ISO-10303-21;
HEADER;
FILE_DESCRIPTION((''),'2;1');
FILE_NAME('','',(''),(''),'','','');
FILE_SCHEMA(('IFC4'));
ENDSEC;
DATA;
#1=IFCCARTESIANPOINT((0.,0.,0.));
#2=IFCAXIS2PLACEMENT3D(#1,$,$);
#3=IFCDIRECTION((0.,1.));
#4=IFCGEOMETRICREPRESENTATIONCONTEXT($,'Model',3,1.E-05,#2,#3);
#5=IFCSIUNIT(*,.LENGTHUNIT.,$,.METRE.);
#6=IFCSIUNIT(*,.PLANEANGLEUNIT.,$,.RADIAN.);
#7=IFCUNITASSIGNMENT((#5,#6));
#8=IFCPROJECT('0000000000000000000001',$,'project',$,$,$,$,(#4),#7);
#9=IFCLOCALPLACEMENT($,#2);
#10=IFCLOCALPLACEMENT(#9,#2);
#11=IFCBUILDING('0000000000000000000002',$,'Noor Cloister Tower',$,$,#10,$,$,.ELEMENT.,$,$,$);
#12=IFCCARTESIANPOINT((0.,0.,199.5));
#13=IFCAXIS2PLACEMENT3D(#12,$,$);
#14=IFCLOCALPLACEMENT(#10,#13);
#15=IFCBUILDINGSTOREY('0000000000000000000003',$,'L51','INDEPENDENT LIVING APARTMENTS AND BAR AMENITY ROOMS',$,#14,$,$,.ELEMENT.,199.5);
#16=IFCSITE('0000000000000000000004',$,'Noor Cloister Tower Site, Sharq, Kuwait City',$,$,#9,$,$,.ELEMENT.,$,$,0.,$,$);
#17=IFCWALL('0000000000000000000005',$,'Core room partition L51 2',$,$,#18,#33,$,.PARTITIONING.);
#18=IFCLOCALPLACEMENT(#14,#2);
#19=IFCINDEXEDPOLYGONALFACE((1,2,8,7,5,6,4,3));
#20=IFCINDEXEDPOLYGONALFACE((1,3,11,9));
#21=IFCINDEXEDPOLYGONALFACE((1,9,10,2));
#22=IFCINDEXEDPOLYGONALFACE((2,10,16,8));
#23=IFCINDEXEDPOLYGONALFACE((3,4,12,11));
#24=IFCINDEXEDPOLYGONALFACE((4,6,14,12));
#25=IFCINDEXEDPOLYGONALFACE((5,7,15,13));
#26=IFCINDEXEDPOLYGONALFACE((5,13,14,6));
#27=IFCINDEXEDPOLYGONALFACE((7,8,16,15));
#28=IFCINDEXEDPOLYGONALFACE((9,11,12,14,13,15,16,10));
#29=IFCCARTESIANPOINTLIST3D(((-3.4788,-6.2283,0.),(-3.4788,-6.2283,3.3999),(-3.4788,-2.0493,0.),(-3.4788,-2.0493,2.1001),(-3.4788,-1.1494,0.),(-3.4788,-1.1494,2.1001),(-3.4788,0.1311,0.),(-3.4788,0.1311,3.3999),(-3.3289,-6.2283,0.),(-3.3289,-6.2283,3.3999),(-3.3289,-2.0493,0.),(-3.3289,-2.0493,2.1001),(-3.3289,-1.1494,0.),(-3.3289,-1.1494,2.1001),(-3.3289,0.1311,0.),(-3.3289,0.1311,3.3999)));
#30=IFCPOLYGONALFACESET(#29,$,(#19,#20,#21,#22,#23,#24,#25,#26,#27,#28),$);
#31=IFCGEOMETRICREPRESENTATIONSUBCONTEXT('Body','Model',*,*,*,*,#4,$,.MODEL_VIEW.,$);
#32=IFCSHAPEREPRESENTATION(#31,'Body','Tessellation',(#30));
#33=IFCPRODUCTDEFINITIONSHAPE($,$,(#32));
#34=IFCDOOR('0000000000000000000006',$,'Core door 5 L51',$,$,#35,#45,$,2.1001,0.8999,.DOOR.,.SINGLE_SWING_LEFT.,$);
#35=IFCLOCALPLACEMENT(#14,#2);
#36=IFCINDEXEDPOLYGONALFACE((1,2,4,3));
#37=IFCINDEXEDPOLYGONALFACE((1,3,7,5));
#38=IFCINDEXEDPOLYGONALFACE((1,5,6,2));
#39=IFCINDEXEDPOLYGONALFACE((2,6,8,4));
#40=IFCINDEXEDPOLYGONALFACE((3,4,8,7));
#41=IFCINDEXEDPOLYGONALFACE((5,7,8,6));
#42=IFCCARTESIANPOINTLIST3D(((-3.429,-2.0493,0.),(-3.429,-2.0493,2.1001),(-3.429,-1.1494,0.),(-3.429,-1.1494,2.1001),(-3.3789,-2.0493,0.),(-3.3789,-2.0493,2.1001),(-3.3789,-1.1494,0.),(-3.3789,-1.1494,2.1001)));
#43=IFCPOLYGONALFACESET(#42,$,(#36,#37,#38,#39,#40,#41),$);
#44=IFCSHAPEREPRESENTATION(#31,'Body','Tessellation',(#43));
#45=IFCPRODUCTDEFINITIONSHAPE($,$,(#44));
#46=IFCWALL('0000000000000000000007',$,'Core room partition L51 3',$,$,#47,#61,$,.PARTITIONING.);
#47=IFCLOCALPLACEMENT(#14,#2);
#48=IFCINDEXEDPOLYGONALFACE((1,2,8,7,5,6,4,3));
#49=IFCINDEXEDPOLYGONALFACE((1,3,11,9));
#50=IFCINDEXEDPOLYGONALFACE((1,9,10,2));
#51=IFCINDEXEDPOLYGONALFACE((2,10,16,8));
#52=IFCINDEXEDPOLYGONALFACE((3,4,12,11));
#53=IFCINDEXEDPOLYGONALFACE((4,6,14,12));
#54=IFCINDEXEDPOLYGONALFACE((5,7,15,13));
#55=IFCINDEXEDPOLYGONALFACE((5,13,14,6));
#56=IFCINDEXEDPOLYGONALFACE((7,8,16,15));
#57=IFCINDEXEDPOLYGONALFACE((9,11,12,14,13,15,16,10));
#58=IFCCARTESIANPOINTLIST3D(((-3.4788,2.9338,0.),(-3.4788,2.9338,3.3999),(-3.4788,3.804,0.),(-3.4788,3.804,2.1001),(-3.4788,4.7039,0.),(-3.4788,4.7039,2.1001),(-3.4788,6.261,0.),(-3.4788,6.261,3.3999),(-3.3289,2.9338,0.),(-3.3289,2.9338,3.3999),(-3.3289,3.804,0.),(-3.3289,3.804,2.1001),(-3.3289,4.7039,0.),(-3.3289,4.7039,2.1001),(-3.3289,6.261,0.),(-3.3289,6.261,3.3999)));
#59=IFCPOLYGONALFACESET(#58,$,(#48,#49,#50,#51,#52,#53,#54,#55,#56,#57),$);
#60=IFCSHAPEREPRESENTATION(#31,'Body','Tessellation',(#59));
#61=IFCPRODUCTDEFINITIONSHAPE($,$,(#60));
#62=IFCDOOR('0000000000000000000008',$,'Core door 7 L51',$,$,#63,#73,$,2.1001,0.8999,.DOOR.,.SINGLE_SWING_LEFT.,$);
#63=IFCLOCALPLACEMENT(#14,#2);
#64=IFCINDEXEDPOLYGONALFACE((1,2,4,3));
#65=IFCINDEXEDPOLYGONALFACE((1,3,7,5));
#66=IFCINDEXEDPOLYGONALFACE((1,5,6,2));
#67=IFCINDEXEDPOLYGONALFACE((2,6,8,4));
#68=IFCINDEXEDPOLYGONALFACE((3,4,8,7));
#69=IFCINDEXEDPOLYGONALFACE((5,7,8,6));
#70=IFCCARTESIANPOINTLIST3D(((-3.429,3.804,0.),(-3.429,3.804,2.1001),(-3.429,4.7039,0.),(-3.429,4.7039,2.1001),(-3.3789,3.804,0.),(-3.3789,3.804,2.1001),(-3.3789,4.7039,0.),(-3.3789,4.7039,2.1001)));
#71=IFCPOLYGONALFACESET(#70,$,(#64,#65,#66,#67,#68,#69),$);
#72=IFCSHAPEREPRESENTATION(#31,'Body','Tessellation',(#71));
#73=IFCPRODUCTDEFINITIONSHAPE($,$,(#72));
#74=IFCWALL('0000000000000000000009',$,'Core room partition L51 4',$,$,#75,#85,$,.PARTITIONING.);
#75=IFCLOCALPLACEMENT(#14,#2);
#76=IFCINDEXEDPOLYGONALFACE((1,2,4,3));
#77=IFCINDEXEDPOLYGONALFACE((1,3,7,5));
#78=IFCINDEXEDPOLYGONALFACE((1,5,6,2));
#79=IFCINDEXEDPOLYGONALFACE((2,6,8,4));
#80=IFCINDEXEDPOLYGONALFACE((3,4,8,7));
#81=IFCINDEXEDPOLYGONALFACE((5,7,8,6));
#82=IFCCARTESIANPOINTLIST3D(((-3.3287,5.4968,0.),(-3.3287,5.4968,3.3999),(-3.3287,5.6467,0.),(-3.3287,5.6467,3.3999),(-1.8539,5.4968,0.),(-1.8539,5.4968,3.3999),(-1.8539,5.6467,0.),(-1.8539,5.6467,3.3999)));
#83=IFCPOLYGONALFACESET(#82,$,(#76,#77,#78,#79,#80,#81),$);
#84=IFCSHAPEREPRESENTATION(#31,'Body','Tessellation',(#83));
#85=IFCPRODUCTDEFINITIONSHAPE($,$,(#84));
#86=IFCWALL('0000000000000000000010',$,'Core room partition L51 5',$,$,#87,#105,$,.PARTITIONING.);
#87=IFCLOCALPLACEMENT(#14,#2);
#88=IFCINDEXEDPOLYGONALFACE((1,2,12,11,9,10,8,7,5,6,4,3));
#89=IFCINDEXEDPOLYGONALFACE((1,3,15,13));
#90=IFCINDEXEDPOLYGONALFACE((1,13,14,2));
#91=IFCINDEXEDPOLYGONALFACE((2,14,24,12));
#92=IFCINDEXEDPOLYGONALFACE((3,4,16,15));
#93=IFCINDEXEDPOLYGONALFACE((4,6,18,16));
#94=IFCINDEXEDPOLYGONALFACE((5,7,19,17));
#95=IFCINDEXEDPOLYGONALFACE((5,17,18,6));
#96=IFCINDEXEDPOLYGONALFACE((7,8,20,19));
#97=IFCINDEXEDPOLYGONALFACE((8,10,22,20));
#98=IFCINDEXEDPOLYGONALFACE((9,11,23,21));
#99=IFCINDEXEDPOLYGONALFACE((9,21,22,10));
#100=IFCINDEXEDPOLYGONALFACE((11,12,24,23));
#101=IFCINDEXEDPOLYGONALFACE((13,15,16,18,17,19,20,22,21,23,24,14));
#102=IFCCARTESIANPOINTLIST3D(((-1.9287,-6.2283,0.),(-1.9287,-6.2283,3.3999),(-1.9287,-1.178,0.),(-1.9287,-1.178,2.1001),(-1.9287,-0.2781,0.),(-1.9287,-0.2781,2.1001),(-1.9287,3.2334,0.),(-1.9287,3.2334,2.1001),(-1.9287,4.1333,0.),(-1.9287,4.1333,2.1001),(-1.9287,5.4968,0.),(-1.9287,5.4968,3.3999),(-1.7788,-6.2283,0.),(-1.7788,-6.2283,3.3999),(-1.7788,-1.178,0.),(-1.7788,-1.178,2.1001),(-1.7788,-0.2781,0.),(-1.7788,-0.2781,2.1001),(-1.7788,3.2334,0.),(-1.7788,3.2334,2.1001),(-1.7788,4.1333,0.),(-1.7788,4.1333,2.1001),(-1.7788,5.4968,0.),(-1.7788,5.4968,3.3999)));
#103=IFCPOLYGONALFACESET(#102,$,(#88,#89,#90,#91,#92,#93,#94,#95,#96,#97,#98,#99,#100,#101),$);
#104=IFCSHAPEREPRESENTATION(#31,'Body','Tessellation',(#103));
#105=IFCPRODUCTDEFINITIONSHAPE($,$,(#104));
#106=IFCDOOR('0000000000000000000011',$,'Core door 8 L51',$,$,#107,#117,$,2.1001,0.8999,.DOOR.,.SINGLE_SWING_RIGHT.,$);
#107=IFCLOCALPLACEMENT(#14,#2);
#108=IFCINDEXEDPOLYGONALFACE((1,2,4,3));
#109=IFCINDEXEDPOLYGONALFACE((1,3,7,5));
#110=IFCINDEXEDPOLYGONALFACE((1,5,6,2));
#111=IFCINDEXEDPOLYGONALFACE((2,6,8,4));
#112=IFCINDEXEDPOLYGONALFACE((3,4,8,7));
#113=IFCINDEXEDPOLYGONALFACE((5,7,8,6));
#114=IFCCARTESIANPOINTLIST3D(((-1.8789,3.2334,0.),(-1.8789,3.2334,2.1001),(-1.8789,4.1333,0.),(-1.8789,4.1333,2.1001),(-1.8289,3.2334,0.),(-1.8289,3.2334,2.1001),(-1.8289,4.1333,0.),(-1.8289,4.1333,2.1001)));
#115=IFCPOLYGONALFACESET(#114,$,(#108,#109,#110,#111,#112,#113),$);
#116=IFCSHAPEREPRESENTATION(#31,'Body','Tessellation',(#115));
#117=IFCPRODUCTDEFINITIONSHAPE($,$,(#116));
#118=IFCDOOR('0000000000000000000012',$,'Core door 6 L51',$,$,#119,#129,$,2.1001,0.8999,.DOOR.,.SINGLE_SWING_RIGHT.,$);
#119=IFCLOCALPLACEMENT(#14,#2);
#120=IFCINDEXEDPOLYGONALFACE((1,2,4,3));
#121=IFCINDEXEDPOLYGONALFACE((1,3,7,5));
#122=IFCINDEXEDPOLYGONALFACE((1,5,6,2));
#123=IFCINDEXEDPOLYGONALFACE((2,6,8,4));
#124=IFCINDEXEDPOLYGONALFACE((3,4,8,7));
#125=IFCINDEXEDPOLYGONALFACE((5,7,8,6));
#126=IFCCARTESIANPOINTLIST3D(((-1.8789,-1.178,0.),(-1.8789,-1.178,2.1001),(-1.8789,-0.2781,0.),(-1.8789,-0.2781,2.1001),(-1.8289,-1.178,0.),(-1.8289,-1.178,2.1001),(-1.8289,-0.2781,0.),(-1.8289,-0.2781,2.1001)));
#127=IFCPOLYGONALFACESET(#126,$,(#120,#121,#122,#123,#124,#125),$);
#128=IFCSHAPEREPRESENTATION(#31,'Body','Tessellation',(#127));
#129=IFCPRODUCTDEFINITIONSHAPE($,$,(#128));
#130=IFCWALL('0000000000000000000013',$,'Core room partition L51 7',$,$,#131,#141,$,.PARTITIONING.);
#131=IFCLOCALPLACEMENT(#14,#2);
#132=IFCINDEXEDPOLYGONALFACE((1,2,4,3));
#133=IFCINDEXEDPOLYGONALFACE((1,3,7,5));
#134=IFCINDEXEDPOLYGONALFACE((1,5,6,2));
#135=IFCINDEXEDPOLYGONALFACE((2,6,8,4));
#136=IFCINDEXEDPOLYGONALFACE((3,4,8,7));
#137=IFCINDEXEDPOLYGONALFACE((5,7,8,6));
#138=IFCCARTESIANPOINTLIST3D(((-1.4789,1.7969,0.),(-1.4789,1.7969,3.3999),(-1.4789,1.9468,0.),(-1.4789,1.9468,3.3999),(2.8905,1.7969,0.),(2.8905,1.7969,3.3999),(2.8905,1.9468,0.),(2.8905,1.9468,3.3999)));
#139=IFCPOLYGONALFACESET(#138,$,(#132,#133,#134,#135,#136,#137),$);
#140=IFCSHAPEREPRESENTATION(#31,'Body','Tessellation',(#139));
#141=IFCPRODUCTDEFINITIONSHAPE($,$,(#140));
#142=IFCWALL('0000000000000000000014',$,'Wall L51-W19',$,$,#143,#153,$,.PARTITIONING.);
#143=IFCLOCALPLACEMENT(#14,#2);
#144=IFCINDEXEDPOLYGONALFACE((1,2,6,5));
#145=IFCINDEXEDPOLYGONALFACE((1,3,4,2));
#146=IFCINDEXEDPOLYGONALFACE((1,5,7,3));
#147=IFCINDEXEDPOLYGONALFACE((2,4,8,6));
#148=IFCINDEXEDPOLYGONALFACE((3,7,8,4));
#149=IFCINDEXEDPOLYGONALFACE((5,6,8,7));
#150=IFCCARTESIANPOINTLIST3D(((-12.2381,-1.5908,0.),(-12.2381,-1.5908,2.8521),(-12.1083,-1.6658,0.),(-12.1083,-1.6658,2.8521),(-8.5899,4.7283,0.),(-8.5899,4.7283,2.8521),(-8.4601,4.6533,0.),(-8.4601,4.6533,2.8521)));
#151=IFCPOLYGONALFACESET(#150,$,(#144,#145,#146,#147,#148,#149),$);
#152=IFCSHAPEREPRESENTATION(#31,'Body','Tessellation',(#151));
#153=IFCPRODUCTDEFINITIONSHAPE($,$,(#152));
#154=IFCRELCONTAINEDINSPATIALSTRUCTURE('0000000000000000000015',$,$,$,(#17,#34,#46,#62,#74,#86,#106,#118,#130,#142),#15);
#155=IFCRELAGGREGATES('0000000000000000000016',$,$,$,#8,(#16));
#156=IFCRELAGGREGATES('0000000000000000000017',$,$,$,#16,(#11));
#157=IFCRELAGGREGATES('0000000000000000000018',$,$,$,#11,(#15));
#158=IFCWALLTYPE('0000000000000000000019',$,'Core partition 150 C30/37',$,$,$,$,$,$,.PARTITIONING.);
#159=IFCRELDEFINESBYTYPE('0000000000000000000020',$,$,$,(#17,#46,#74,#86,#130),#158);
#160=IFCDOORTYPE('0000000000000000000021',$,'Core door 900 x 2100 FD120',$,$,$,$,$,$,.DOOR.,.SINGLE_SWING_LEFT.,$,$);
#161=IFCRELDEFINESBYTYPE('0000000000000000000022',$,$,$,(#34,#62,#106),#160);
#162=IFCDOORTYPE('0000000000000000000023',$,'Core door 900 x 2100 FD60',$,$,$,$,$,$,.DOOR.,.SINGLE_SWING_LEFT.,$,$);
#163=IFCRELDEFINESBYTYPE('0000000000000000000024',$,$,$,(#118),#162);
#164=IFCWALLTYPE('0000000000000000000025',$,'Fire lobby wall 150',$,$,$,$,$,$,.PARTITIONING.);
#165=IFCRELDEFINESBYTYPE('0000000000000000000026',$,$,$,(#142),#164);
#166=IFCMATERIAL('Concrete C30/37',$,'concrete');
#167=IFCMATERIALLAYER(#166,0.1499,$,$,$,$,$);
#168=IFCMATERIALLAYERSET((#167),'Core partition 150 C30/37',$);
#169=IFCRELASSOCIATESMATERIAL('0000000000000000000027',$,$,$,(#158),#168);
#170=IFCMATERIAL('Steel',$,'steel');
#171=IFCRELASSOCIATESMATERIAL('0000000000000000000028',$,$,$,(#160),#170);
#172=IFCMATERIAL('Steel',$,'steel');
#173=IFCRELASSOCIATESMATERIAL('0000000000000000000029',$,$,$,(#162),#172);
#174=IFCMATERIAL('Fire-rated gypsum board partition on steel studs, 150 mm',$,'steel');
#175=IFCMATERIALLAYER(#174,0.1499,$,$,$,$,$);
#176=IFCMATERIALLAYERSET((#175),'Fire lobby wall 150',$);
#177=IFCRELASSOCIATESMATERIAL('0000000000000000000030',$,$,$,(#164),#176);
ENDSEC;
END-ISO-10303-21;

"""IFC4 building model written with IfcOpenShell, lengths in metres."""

from ifc_helpers import new_model, si_unit, direction, frame, frame_2d, origin, place, context, subcontext, project, spatial, rectangle, extrude, material, layer, layer_set, type_object, element, fill, save


model = new_model("IFC4")

# Units and contexts
model_context = context("Model", 3, precision=1e-05, world=origin(), true_north=direction((0.0, 1.0)))
body_context = subcontext(model_context, "Body", "Model", "MODEL_VIEW")
ifc_project = project(units=[si_unit("LENGTHUNIT", "METRE"), si_unit("PLANEANGLEUNIT", "RADIAN")], contexts=[model_context])

# Site, building, storey
site_placement = place(None, origin())
site = spatial("IfcSite", under=ifc_project, at=site_placement, Name="Noor Cloister Tower Site, Sharq, Kuwait City", CompositionType="ELEMENT", RefElevation=0.0)
building_placement = place(site_placement, origin())
building = spatial("IfcBuilding", under=site, at=building_placement, Name="Noor Cloister Tower", CompositionType="ELEMENT")
storey_placement = place(building_placement, frame((0.0, 0.0, 199.5)))
storey = spatial("IfcBuildingStorey", under=building, at=storey_placement, Name="L51", Description="INDEPENDENT LIVING APARTMENTS AND BAR AMENITY ROOMS", CompositionType="ELEMENT", Elevation=199.5)

# Walls, openings, doors
ifc_material_1 = material(Name="Concrete C30/37", Category="concrete")
ifc_layer_1 = layer(ifc_material_1, 0.1499)
ifc_layer_set_1 = layer_set([ifc_layer_1], Name="Core partition 150 C30/37")
wall_type_1 = type_object("IfcWallType", Name="Core partition 150 C30/37", PredefinedType="PARTITIONING", material=ifc_layer_set_1)
wall_1_placement = place(storey_placement, frame((-3.4038, 0.1311, 0.0), z_axis=(0.0, 0.0, 1.0), x_axis=(0.0, -1.0, 0.0)))
wall_1 = element("IfcWall", 1, at=wall_1_placement, inside=storey, type_object=wall_type_1, Name="Core room partition L51 2", PredefinedType="PARTITIONING", context=body_context, shape_type="SweptSolid", body=[
    extrude(rectangle(XDim=6.3594, YDim=0.1499, at=frame_2d((3.1797, 0.0))), origin(), (0.0, 0.0, 1.0), 3.3999),
])
opening_1_placement = place(wall_1_placement, frame((1.2805, 0.0, 0.0)))
opening_1 = element("IfcOpeningElement", 2, at=opening_1_placement, cuts=wall_1, PredefinedType="OPENING", context=body_context, shape_type="SweptSolid", body=[
    extrude(rectangle(XDim=0.8999, YDim=2.1001, at=frame_2d((0.45, 1.05))), frame((0.0, 0.085, 0.0), z_axis=(0.0, -1.0, 0.0), x_axis=(1.0, 0.0, 0.0)), (0.0, 0.0, 1.0), 0.1699),
])
ifc_material_2 = material(Name="Steel", Category="steel")
door_type_1 = type_object("IfcDoorType", Name="Core door 900 x 2100 FD120", OperationType="SINGLE_SWING_LEFT", PredefinedType="DOOR", material=ifc_material_2)
door_1_placement = place(opening_1_placement, origin())
door_1 = element("IfcDoor", 3, at=door_1_placement, inside=storey, type_object=door_type_1, Name="Core door 5 L51", OperationType="SINGLE_SWING_LEFT", OverallHeight=2.1001, OverallWidth=0.8999, PredefinedType="DOOR", context=body_context, shape_type="SweptSolid", body=[
    extrude(rectangle(XDim=0.8999, YDim=2.1001, at=frame_2d((0.45, 1.05))), frame((0.0, 0.0249, 0.0), z_axis=(0.0, -1.0, 0.0), x_axis=(1.0, 0.0, 0.0)), (0.0, 0.0, 1.0), 0.05),
])
fill(opening_1, door_1)
wall_2_placement = place(storey_placement, frame((-3.4038, 6.261, 0.0), z_axis=(0.0, 0.0, 1.0), x_axis=(0.0, -1.0, 0.0)))
wall_2 = element("IfcWall", 4, at=wall_2_placement, inside=storey, type_object=wall_type_1, Name="Core room partition L51 3", PredefinedType="PARTITIONING", context=body_context, shape_type="SweptSolid", body=[
    extrude(rectangle(XDim=3.3271, YDim=0.1499, at=frame_2d((1.6636, 0.0))), origin(), (0.0, 0.0, 1.0), 3.3999),
])
opening_2_placement = place(wall_2_placement, frame((1.5571, 0.0, 0.0)))
opening_2 = element("IfcOpeningElement", 5, at=opening_2_placement, cuts=wall_2, PredefinedType="OPENING", context=body_context, shape_type="SweptSolid", body=[
    extrude(rectangle(XDim=0.8999, YDim=2.1001, at=frame_2d((0.45, 1.05))), frame((0.0, 0.085, 0.0), z_axis=(0.0, -1.0, 0.0), x_axis=(1.0, 0.0, 0.0)), (0.0, 0.0, 1.0), 0.1699),
])
door_2_placement = place(opening_2_placement, origin())
door_2 = element("IfcDoor", 6, at=door_2_placement, inside=storey, type_object=door_type_1, Name="Core door 7 L51", OperationType="SINGLE_SWING_LEFT", OverallHeight=2.1001, OverallWidth=0.8999, PredefinedType="DOOR", context=body_context, shape_type="SweptSolid", body=[
    extrude(rectangle(XDim=0.8999, YDim=2.1001, at=frame_2d((0.45, 1.05))), frame((0.0, 0.0249, 0.0), z_axis=(0.0, -1.0, 0.0), x_axis=(1.0, 0.0, 0.0)), (0.0, 0.0, 1.0), 0.05),
])
fill(opening_2, door_2)

# Wall
wall_3_placement = place(storey_placement, frame((-3.3286, 5.5718, 0.0), z_axis=(0.0, 0.0, 1.0), x_axis=(1.0, 0.0, 0.0)))
element("IfcWall", 7, at=wall_3_placement, inside=storey, type_object=wall_type_1, Name="Core room partition L51 4", PredefinedType="PARTITIONING", context=body_context, shape_type="SweptSolid", body=[
    extrude(rectangle(XDim=1.4749, YDim=0.1499, at=frame_2d((0.7373, 0.0))), origin(), (0.0, 0.0, 1.0), 3.3999),
])

# Wall, openings, doors
wall_4_placement = place(storey_placement, frame((-1.8538, 5.4968, 0.0), z_axis=(0.0, 0.0, 1.0), x_axis=(0.0, -1.0, 0.0)))
wall_4 = element("IfcWall", 8, at=wall_4_placement, inside=storey, type_object=wall_type_1, Name="Core room partition L51 5", PredefinedType="PARTITIONING", context=body_context, shape_type="SweptSolid", body=[
    extrude(rectangle(XDim=11.7251, YDim=0.1499, at=frame_2d((5.8625, 0.0))), origin(), (0.0, 0.0, 1.0), 3.3999),
])
opening_3_placement = place(wall_4_placement, frame((5.7749, 0.0, 0.0)))
opening_3 = element("IfcOpeningElement", 9, at=opening_3_placement, cuts=wall_4, PredefinedType="OPENING", context=body_context, shape_type="SweptSolid", body=[
    extrude(rectangle(XDim=0.8999, YDim=2.1001, at=frame_2d((0.45, 1.05))), frame((0.0, 0.085, 0.0), z_axis=(0.0, -1.0, 0.0), x_axis=(1.0, 0.0, 0.0)), (0.0, 0.0, 1.0), 0.1699),
])
opening_4_placement = place(wall_4_placement, frame((1.3635, 0.0, 0.0)))
opening_4 = element("IfcOpeningElement", 10, at=opening_4_placement, cuts=wall_4, PredefinedType="OPENING", context=body_context, shape_type="SweptSolid", body=[
    extrude(rectangle(XDim=0.8999, YDim=2.1001, at=frame_2d((0.45, 1.05))), frame((0.0, 0.085, 0.0), z_axis=(0.0, -1.0, 0.0), x_axis=(1.0, 0.0, 0.0)), (0.0, 0.0, 1.0), 0.1699),
])
door_3_placement = place(opening_4_placement, origin())
door_3 = element("IfcDoor", 11, at=door_3_placement, inside=storey, type_object=door_type_1, Name="Core door 8 L51", OperationType="SINGLE_SWING_RIGHT", OverallHeight=2.1001, OverallWidth=0.8999, PredefinedType="DOOR", context=body_context, shape_type="SweptSolid", body=[
    extrude(rectangle(XDim=0.8999, YDim=2.1001, at=frame_2d((0.45, 1.05))), frame((0.0, 0.0249, 0.0), z_axis=(0.0, -1.0, 0.0), x_axis=(1.0, 0.0, 0.0)), (0.0, 0.0, 1.0), 0.05),
])
fill(opening_4, door_3)
ifc_material_3 = material(Name="Steel", Category="steel")
door_type_2 = type_object("IfcDoorType", Name="Core door 900 x 2100 FD60", OperationType="SINGLE_SWING_LEFT", PredefinedType="DOOR", material=ifc_material_3)
door_4_placement = place(opening_3_placement, origin())
door_4 = element("IfcDoor", 12, at=door_4_placement, inside=storey, type_object=door_type_2, Name="Core door 6 L51", OperationType="SINGLE_SWING_RIGHT", OverallHeight=2.1001, OverallWidth=0.8999, PredefinedType="DOOR", context=body_context, shape_type="SweptSolid", body=[
    extrude(rectangle(XDim=0.8999, YDim=2.1001, at=frame_2d((0.45, 1.05))), frame((0.0, 0.0249, 0.0), z_axis=(0.0, -1.0, 0.0), x_axis=(1.0, 0.0, 0.0)), (0.0, 0.0, 1.0), 0.05),
])
fill(opening_3, door_4)

# Walls
wall_5_placement = place(storey_placement, frame((-1.4788, 1.8718, 0.0), z_axis=(0.0, 0.0, 1.0), x_axis=(1.0, 0.0, 0.0)))
element("IfcWall", 13, at=wall_5_placement, inside=storey, type_object=wall_type_1, Name="Core room partition L51 7", PredefinedType="PARTITIONING", context=body_context, shape_type="SweptSolid", body=[
    extrude(rectangle(XDim=4.3694, YDim=0.1499, at=frame_2d((2.1846, 0.0))), origin(), (0.0, 0.0, 1.0), 3.3999),
])
ifc_material_4 = material(Name="Fire-rated gypsum board partition on steel studs, 150 mm", Category="steel")
ifc_layer_2 = layer(ifc_material_4, 0.1499)
ifc_layer_set_2 = layer_set([ifc_layer_2], Name="Fire lobby wall 150")
wall_type_2 = type_object("IfcWallType", Name="Fire lobby wall 150", PredefinedType="PARTITIONING", material=ifc_layer_set_2)
wall_6_placement = place(storey_placement, frame((-8.5249, 4.6909, 0.0), z_axis=(0.0, 0.0, 1.0), x_axis=(-0.499986, -0.866033, 0.0)))
element("IfcWall", 14, at=wall_6_placement, inside=storey, type_object=wall_type_2, Name="Wall L51-W19", PredefinedType="PARTITIONING", context=body_context, shape_type="SweptSolid", body=[
    extrude(rectangle(XDim=7.2966, YDim=0.1499, at=frame_2d((3.6484, 0.0))), origin(), (0.0, 0.0, 1.0), 2.8521),
])

save(model, "model.ifc")
